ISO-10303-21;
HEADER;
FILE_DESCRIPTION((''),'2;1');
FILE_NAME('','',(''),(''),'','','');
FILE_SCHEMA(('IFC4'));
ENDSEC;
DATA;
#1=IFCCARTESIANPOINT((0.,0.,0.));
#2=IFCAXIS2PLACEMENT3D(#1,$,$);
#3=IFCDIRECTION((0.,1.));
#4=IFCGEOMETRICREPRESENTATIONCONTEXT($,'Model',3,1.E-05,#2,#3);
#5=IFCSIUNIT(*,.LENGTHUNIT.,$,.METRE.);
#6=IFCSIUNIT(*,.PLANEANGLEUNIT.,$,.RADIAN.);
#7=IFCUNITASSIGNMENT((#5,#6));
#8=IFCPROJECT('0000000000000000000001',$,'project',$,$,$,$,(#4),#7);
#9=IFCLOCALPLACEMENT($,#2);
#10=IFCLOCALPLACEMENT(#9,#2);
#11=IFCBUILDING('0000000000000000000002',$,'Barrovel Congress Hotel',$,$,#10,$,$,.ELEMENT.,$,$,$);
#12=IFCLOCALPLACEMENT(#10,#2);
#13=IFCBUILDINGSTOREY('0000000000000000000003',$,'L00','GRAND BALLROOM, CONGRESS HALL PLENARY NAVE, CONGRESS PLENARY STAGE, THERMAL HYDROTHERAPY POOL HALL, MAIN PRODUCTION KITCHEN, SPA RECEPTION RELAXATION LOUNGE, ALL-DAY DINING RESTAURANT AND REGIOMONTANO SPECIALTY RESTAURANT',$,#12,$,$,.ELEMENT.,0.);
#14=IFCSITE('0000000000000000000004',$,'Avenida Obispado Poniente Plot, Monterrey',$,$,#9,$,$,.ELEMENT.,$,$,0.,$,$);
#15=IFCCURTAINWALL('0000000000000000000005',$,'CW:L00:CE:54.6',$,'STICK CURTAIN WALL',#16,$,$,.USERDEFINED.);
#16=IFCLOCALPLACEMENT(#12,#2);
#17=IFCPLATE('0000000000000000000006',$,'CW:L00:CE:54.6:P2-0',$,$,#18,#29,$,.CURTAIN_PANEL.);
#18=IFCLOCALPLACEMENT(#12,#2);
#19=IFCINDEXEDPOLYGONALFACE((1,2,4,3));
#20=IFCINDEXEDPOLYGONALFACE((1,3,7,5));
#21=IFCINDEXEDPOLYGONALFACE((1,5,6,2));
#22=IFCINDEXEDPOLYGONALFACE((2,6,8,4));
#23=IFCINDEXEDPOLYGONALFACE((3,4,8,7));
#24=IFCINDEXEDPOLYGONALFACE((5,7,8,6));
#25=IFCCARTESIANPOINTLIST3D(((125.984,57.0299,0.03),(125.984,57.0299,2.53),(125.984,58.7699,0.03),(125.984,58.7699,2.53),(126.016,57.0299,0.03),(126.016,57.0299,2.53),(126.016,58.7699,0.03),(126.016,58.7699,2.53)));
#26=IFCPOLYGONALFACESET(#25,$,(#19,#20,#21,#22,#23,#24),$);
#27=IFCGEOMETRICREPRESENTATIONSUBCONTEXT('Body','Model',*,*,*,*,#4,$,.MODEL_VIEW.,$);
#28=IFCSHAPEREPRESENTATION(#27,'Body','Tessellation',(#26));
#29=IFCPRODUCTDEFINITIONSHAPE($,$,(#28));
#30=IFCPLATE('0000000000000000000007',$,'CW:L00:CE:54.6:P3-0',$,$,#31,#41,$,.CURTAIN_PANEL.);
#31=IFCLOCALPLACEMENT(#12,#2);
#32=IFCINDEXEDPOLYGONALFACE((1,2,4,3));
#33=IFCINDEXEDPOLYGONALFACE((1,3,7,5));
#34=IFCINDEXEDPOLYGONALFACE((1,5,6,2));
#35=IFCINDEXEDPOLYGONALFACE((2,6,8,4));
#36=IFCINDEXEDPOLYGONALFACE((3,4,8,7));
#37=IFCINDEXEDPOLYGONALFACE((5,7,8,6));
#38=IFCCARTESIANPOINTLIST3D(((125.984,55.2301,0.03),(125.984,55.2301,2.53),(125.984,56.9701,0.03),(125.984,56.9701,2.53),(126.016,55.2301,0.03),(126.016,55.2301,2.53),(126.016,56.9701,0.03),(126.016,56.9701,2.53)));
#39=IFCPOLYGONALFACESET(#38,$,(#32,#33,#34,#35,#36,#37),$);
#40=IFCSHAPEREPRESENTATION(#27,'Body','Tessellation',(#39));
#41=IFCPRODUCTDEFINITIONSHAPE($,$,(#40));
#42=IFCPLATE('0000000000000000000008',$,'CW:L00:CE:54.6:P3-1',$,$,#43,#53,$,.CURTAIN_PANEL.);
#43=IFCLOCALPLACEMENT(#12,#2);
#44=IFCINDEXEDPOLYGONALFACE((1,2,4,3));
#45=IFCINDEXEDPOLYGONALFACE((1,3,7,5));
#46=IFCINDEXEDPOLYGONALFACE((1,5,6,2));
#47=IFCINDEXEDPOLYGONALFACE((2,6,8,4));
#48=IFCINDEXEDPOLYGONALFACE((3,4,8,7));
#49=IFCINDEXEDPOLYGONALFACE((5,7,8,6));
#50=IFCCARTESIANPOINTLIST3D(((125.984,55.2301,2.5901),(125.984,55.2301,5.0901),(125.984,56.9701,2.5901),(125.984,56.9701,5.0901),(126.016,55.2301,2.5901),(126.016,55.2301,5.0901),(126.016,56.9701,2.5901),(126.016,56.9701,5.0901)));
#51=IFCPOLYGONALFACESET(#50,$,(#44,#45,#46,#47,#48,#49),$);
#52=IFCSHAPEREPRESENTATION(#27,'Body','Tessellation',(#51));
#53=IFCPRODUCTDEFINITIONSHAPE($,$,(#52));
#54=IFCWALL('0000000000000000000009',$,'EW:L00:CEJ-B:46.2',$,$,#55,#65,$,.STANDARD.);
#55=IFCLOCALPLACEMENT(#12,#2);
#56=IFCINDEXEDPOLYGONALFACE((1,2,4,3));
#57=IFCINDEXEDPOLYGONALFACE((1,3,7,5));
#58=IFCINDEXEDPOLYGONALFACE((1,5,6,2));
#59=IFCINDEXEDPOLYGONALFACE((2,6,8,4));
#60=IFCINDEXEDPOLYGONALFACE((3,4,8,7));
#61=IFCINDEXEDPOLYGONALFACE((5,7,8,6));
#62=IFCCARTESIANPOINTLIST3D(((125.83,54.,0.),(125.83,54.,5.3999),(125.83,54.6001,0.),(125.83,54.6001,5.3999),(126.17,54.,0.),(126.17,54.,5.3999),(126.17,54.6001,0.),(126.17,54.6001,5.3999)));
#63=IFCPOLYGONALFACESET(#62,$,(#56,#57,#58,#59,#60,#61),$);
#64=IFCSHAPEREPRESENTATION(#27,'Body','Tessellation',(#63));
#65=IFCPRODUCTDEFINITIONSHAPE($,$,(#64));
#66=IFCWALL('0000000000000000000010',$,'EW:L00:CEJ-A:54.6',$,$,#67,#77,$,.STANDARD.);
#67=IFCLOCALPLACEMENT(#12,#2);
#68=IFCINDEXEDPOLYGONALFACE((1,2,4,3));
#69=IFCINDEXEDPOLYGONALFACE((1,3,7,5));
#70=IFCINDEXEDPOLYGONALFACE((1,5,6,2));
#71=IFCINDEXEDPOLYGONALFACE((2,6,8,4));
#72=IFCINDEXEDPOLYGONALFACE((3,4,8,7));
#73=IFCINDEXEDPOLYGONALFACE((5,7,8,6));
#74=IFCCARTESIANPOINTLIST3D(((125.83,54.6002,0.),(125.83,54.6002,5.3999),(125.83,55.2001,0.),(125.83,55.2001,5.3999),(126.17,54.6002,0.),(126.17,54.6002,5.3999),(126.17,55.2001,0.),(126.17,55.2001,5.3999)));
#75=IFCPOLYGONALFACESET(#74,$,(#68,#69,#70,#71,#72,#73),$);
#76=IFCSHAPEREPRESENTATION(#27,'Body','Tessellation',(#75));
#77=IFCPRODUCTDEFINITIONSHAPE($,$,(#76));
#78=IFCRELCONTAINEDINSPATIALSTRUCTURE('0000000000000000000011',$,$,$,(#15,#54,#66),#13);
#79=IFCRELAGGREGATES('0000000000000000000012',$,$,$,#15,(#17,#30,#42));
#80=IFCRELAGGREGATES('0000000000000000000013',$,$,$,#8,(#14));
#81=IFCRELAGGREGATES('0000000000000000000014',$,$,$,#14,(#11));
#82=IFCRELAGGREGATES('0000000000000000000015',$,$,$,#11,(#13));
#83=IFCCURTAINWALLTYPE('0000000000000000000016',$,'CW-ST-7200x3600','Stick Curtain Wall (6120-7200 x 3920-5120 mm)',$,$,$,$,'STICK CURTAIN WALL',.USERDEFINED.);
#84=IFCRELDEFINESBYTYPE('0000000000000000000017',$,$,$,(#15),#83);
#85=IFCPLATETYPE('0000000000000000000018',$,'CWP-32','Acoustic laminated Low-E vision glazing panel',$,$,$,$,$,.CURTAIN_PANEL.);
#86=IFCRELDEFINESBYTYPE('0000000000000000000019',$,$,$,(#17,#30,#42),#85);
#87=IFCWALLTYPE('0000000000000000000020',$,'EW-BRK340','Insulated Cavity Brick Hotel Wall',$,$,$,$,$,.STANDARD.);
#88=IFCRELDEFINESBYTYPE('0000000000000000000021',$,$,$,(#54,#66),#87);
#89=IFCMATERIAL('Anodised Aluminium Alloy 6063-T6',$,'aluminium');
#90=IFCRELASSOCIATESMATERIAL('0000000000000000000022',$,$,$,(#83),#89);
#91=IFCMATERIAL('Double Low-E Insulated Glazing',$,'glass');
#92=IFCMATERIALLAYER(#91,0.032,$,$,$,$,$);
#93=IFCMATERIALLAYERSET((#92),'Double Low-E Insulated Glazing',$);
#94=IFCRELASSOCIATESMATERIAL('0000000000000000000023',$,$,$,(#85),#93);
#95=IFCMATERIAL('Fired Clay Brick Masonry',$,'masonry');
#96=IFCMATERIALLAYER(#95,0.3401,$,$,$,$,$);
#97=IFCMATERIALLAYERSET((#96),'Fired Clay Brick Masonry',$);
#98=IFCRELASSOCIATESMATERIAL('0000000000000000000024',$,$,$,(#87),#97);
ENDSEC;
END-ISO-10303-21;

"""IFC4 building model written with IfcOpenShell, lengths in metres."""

from ifc_helpers import new_model, si_unit, direction, frame, frame_2d, origin, origin_2d, place, context, subcontext, project, spatial, rectangle, extrude, material, layer, layer_set, type_object, element, aggregate, save


model = new_model("IFC4")

# Units and contexts
model_context = context("Model", 3, precision=1e-05, world=origin(), true_north=direction((0.0, 1.0)))
body_context = subcontext(model_context, "Body", "Model", "MODEL_VIEW")
ifc_project = project(units=[si_unit("LENGTHUNIT", "METRE"), si_unit("PLANEANGLEUNIT", "RADIAN")], contexts=[model_context])

# Site, building, storey
site_placement = place(None, origin())
site = spatial("IfcSite", under=ifc_project, at=site_placement, Name="Avenida Obispado Poniente Plot, Monterrey", CompositionType="ELEMENT", RefElevation=0.0)
building_placement = place(site_placement, origin())
building = spatial("IfcBuilding", under=site, at=building_placement, Name="Barrovel Congress Hotel", CompositionType="ELEMENT")
storey_placement = place(building_placement, origin())
storey = spatial("IfcBuildingStorey", under=building, at=storey_placement, Name="L00", Description="GRAND BALLROOM, CONGRESS HALL PLENARY NAVE, CONGRESS PLENARY STAGE, THERMAL HYDROTHERAPY POOL HALL, MAIN PRODUCTION KITCHEN, SPA RECEPTION RELAXATION LOUNGE, ALL-DAY DINING RESTAURANT AND REGIOMONTANO SPECIALTY RESTAURANT", CompositionType="ELEMENT", Elevation=0.0)

# Curtain wall
ifc_material_1 = material(Name="Anodised Aluminium Alloy 6063-T6", Category="aluminium")
curtain_wall_type = type_object("IfcCurtainWallType", Name="CW-ST-7200x3600", Description="Stick Curtain Wall (6120-7200 x 3920-5120 mm)", ElementType="STICK CURTAIN WALL", PredefinedType="USERDEFINED", material=ifc_material_1)
curtain_wall_1_placement = place(storey_placement, origin())
curtain_wall_1 = element("IfcCurtainWall", 1, at=curtain_wall_1_placement, inside=storey, type_object=curtain_wall_type, Name="CW:L00:CE:54.6", ObjectType="STICK CURTAIN WALL", PredefinedType="USERDEFINED")

# Plates
ifc_material_2 = material(Name="Double Low-E Insulated Glazing", Category="glass")
ifc_layer_1 = layer(ifc_material_2, 0.032)
ifc_layer_set_1 = layer_set([ifc_layer_1], Name="Double Low-E Insulated Glazing")
plate_type_1 = type_object("IfcPlateType", Name="CWP-32", Description="Acoustic laminated Low-E vision glazing panel", PredefinedType="CURTAIN_PANEL", material=ifc_layer_set_1)
plate_1_placement = place(storey_placement, frame((126.0, 57.8999, 0.03), z_axis=(0.0, 0.0, 1.0), x_axis=(0.0, -1.0, 0.0)))
plate_1 = element("IfcPlate", 2, at=plate_1_placement, type_object=plate_type_1, Name="CW:L00:CE:54.6:P2-0", PredefinedType="CURTAIN_PANEL", context=body_context, shape_type="SweptSolid", body=[
    extrude(rectangle(XDim=1.74, YDim=0.032, at=origin_2d()), origin(), (0.0, 0.0, 1.0), 2.5),
])
plate_2_placement = place(storey_placement, frame((126.0, 56.1001, 0.03), z_axis=(0.0, 0.0, 1.0), x_axis=(0.0, -1.0, 0.0)))
plate_2 = element("IfcPlate", 3, at=plate_2_placement, type_object=plate_type_1, Name="CW:L00:CE:54.6:P3-0", PredefinedType="CURTAIN_PANEL", context=body_context, shape_type="SweptSolid", body=[
    extrude(rectangle(XDim=1.74, YDim=0.032, at=origin_2d()), origin(), (0.0, 0.0, 1.0), 2.5),
])
plate_3_placement = place(storey_placement, frame((126.0, 56.1001, 2.5901), z_axis=(0.0, 0.0, 1.0), x_axis=(0.0, -1.0, 0.0)))
plate_3 = element("IfcPlate", 4, at=plate_3_placement, type_object=plate_type_1, Name="CW:L00:CE:54.6:P3-1", PredefinedType="CURTAIN_PANEL", context=body_context, shape_type="SweptSolid", body=[
    extrude(rectangle(XDim=1.74, YDim=0.032, at=origin_2d()), origin(), (0.0, 0.0, 1.0), 2.5),
])
aggregate(curtain_wall_1, [plate_1, plate_2, plate_3])

# Walls
ifc_material_3 = material(Name="Fired Clay Brick Masonry", Category="masonry")
ifc_layer_2 = layer(ifc_material_3, 0.3401)
ifc_layer_set_2 = layer_set([ifc_layer_2], Name="Fired Clay Brick Masonry")
wall_type = type_object("IfcWallType", Name="EW-BRK340", Description="Insulated Cavity Brick Hotel Wall", PredefinedType="STANDARD", material=ifc_layer_set_2)
wall_1_placement = place(storey_placement, frame((126.0, 54.6001, 0.0), z_axis=(0.0, 0.0, 1.0), x_axis=(0.0, -1.0, 0.0)))
element("IfcWall", 5, at=wall_1_placement, inside=storey, type_object=wall_type, Name="EW:L00:CEJ-B:46.2", PredefinedType="STANDARD", context=body_context, shape_type="SweptSolid", body=[
    extrude(rectangle(XDim=0.6001, YDim=0.3401, at=frame_2d((0.3, 0.0))), origin(), (0.0, 0.0, 1.0), 5.3999),
])
wall_2_placement = place(storey_placement, frame((126.0, 55.2, 0.0), z_axis=(0.0, 0.0, 1.0), x_axis=(0.0, -1.0, 0.0)))
element("IfcWall", 6, at=wall_2_placement, inside=storey, type_object=wall_type, Name="EW:L00:CEJ-A:54.6", PredefinedType="STANDARD", context=body_context, shape_type="SweptSolid", body=[
    extrude(rectangle(XDim=0.5999, YDim=0.3401, at=frame_2d((0.2998, 0.0))), origin(), (0.0, 0.0, 1.0), 5.3999),
])

save(model, "model.ifc")
